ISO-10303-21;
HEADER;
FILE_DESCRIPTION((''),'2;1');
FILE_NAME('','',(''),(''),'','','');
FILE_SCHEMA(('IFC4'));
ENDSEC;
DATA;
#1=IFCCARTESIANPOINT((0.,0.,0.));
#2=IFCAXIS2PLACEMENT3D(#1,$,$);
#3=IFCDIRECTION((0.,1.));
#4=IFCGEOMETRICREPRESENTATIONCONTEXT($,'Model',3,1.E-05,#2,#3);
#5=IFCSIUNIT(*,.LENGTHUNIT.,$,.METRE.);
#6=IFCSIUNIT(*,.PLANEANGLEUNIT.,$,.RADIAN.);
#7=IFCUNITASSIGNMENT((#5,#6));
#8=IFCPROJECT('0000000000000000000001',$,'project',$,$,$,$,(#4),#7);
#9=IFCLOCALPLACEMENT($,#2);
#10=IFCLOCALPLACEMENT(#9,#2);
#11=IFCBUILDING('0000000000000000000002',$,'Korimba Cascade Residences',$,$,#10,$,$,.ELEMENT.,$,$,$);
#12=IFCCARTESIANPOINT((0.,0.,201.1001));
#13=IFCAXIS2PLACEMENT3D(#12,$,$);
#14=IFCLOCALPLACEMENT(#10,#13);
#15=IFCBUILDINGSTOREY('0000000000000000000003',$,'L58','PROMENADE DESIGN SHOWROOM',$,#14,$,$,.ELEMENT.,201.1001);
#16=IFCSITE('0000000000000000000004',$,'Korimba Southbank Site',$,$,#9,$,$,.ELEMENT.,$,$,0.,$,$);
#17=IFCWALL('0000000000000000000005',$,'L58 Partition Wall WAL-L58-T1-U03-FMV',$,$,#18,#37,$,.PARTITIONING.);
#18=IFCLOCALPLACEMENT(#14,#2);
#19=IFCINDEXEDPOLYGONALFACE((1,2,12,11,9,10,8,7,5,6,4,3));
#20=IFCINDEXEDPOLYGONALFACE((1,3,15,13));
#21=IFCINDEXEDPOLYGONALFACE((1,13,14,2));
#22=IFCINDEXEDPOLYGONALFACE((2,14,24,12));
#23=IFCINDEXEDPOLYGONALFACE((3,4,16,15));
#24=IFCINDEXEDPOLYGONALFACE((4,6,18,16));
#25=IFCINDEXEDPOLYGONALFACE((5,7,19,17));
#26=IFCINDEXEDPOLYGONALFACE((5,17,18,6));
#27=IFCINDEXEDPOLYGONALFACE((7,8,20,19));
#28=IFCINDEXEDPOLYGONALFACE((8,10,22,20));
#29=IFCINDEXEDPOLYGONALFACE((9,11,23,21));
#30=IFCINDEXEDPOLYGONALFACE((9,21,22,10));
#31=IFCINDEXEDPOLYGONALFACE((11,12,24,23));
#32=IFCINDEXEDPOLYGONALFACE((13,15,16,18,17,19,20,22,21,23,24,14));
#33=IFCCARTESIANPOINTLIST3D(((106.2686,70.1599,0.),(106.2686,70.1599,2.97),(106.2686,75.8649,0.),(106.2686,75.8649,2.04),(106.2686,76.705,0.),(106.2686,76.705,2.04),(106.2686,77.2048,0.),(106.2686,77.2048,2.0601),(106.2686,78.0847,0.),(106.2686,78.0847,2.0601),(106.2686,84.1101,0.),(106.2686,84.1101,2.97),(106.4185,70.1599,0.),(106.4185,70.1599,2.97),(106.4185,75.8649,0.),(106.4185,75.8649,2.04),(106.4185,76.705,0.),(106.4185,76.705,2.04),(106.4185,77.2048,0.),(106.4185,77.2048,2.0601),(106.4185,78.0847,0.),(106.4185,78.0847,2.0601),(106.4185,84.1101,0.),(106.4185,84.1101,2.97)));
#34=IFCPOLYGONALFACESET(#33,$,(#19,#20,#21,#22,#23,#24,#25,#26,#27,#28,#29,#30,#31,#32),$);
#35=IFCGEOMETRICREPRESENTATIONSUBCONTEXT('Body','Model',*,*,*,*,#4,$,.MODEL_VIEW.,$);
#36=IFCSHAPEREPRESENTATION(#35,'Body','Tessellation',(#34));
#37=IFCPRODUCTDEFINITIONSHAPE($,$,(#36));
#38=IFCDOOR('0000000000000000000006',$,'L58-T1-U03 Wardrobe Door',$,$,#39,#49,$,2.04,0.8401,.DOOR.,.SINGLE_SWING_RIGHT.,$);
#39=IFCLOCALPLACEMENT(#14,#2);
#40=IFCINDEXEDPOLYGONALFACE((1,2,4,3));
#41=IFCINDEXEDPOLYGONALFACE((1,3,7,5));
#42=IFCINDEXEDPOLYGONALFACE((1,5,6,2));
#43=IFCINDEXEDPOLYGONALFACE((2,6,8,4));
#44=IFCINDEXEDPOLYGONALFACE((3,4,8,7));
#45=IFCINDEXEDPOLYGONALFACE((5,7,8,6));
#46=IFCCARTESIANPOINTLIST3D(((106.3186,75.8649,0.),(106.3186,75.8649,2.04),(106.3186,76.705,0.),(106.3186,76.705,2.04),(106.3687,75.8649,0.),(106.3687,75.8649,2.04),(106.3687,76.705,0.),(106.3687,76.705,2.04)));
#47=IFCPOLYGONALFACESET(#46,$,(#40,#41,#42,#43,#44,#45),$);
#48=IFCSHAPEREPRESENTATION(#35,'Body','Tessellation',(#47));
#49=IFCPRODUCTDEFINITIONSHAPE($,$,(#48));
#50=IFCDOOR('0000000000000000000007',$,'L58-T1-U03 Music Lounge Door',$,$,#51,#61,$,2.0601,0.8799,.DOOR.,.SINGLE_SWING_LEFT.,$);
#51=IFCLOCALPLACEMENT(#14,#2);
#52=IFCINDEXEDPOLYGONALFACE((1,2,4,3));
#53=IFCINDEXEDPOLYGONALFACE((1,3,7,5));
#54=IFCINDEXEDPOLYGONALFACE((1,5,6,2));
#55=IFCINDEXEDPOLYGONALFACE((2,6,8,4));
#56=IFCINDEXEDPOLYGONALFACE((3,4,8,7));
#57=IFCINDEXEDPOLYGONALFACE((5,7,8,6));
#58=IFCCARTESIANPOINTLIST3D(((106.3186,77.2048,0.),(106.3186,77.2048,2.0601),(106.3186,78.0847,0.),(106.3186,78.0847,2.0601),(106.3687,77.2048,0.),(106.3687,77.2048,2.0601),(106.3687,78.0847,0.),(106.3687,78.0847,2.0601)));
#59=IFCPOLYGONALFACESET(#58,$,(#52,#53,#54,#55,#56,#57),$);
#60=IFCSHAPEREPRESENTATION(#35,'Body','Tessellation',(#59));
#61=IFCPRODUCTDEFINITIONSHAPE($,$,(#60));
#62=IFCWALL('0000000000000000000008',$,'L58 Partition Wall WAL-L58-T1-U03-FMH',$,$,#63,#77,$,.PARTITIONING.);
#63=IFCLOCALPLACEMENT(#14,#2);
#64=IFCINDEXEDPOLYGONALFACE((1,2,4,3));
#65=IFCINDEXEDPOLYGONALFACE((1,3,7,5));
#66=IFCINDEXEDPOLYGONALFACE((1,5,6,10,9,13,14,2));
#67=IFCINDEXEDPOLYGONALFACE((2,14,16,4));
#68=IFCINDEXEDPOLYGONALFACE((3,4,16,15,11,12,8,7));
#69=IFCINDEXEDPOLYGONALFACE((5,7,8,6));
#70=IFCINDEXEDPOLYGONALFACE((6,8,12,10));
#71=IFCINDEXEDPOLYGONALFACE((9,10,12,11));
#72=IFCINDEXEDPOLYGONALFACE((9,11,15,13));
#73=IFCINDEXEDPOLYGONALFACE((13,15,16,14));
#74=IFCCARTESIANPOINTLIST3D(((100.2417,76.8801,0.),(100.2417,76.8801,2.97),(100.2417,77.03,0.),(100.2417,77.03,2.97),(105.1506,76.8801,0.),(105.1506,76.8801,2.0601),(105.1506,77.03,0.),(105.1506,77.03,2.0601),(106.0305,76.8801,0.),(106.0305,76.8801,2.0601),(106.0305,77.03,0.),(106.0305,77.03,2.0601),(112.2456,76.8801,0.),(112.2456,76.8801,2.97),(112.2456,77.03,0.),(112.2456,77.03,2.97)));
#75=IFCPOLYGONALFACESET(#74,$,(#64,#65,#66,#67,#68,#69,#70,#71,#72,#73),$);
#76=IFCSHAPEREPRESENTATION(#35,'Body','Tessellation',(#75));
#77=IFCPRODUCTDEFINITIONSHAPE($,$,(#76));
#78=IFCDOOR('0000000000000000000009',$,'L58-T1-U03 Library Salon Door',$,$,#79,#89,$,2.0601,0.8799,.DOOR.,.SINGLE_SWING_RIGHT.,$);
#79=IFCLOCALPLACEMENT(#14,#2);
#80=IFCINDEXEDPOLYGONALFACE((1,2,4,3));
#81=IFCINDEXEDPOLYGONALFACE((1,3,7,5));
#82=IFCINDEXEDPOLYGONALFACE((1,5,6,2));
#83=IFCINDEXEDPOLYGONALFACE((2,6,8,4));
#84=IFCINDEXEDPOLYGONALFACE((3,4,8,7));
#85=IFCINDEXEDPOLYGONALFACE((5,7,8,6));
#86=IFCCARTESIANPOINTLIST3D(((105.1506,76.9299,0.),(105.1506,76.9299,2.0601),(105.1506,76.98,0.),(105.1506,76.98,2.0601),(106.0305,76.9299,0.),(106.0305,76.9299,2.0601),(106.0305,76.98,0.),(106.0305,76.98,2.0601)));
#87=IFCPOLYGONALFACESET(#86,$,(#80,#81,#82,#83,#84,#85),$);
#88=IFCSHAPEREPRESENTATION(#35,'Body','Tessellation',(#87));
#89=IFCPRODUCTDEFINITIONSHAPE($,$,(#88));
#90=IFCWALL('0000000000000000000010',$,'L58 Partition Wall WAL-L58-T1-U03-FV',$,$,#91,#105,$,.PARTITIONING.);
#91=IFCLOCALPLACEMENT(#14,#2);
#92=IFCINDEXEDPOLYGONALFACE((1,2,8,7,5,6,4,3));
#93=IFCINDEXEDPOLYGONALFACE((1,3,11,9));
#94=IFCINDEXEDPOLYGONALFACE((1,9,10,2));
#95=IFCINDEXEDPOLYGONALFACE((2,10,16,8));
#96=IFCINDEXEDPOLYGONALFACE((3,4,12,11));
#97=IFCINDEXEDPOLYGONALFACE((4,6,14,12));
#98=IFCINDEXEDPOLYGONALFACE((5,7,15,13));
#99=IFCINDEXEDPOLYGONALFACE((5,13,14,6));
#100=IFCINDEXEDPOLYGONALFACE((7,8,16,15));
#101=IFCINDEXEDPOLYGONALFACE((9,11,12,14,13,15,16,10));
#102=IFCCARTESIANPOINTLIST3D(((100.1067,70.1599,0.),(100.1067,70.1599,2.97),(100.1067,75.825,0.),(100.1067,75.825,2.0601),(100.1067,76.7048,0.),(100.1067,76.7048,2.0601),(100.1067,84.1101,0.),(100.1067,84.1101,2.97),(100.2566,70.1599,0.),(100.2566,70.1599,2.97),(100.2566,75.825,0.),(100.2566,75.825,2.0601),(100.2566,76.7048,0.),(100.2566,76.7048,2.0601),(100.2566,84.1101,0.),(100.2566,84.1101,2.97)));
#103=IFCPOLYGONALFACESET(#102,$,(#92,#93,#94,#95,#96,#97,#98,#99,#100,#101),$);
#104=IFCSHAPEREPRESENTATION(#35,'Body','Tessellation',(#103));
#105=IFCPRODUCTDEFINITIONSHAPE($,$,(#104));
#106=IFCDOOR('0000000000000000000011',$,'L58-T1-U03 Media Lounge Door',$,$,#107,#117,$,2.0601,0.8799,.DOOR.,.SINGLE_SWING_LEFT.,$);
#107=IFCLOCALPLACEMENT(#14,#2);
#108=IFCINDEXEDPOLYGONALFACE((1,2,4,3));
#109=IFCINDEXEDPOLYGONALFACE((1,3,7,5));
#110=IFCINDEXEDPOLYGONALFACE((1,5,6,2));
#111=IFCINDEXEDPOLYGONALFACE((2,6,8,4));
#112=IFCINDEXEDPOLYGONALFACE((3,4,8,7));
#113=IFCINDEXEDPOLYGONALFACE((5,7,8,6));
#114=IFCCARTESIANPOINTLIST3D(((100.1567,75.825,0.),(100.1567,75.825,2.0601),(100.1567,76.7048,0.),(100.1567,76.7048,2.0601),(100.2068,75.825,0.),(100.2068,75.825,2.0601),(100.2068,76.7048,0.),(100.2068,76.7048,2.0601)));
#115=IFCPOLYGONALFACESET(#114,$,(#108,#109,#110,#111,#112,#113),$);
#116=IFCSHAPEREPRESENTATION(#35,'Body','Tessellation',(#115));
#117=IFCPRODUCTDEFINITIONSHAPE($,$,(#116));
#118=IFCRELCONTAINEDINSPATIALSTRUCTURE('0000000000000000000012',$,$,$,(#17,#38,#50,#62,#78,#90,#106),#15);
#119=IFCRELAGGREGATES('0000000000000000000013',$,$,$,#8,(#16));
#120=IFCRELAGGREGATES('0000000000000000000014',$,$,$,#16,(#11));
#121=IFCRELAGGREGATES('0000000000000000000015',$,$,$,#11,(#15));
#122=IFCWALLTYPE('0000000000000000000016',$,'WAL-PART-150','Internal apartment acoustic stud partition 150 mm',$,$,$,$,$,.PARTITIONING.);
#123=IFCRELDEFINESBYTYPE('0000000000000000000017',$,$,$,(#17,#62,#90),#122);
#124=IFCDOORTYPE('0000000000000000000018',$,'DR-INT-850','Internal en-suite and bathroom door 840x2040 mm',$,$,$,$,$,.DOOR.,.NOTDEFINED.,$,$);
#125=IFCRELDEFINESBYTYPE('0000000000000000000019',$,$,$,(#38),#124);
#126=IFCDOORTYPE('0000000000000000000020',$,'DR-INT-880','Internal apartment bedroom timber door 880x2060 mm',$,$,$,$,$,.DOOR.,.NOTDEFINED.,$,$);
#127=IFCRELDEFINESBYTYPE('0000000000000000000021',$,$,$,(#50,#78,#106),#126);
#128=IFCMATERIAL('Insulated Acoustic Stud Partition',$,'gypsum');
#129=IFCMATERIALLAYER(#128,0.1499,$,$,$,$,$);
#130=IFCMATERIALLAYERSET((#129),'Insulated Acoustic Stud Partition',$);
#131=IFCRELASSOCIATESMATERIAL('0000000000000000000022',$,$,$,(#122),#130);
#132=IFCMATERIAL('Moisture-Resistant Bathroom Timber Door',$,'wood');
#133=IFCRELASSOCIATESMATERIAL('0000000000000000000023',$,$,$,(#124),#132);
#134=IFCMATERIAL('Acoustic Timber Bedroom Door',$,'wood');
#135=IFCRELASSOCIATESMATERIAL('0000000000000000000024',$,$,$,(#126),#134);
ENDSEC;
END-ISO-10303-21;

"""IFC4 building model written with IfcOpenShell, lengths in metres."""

from ifc_helpers import new_model, si_unit, direction, frame, frame_2d, origin, place, context, subcontext, project, spatial, rectangle, extrude, material, layer, layer_set, type_object, element, fill, save


model = new_model("IFC4")

# Units and contexts
model_context = context("Model", 3, precision=1e-05, world=origin(), true_north=direction((0.0, 1.0)))
body_context = subcontext(model_context, "Body", "Model", "MODEL_VIEW")
ifc_project = project(units=[si_unit("LENGTHUNIT", "METRE"), si_unit("PLANEANGLEUNIT", "RADIAN")], contexts=[model_context])

# Site, building, storey
site_placement = place(None, origin())
site = spatial("IfcSite", under=ifc_project, at=site_placement, Name="Korimba Southbank Site", CompositionType="ELEMENT", RefElevation=0.0)
building_placement = place(site_placement, origin())
building = spatial("IfcBuilding", under=site, at=building_placement, Name="Korimba Cascade Residences", CompositionType="ELEMENT")
storey_placement = place(building_placement, frame((0.0, 0.0, 201.1001)))
storey = spatial("IfcBuildingStorey", under=building, at=storey_placement, Name="L58", Description="PROMENADE DESIGN SHOWROOM", CompositionType="ELEMENT", Elevation=201.1001)

# Wall, openings, doors
ifc_material_1 = material(Name="Insulated Acoustic Stud Partition", Category="gypsum")
ifc_layer_1 = layer(ifc_material_1, 0.1499)
ifc_layer_set_1 = layer_set([ifc_layer_1], Name="Insulated Acoustic Stud Partition")
wall_type_1 = type_object("IfcWallType", Name="WAL-PART-150", Description="Internal apartment acoustic stud partition 150 mm", PredefinedType="PARTITIONING", material=ifc_layer_set_1)
wall_1_placement = place(storey_placement, frame((106.3435, 70.1599, 0.0), z_axis=(0.0, 0.0, 1.0), x_axis=(0.0, 1.0, 0.0)))
wall_1 = element("IfcWall", 1, at=wall_1_placement, inside=storey, type_object=wall_type_1, Name="L58 Partition Wall WAL-L58-T1-U03-FMV", PredefinedType="PARTITIONING", context=body_context, shape_type="SweptSolid", body=[
    extrude(rectangle(XDim=13.9502, YDim=0.1499, at=frame_2d((6.9751, 0.0))), origin(), (0.0, 0.0, 1.0), 2.97),
])
opening_1_placement = place(wall_1_placement, frame((5.7051, 0.0, 0.0)))
opening_1 = element("IfcOpeningElement", 2, at=opening_1_placement, cuts=wall_1, PredefinedType="OPENING", context=body_context, shape_type="SweptSolid", body=[
    extrude(rectangle(XDim=0.8401, YDim=2.04, at=frame_2d((0.4199, 1.02))), frame((0.0, 0.085, 0.0), z_axis=(0.0, -1.0, 0.0), x_axis=(1.0, 0.0, 0.0)), (0.0, 0.0, 1.0), 0.1699),
])
opening_2_placement = place(wall_1_placement, frame((7.0449, 0.0, 0.0)))
opening_2 = element("IfcOpeningElement", 3, at=opening_2_placement, cuts=wall_1, PredefinedType="OPENING", context=body_context, shape_type="SweptSolid", body=[
    extrude(rectangle(XDim=0.8799, YDim=2.0601, at=frame_2d((0.4399, 1.03))), frame((0.0, 0.085, 0.0), z_axis=(0.0, -1.0, 0.0), x_axis=(1.0, 0.0, 0.0)), (0.0, 0.0, 1.0), 0.1699),
])
ifc_material_2 = material(Name="Moisture-Resistant Bathroom Timber Door", Category="wood")
door_type_1 = type_object("IfcDoorType", Name="DR-INT-850", Description="Internal en-suite and bathroom door 840x2040 mm", OperationType="NOTDEFINED", PredefinedType="DOOR", material=ifc_material_2)
door_1_placement = place(opening_1_placement, origin())
door_1 = element("IfcDoor", 4, at=door_1_placement, inside=storey, type_object=door_type_1, Name="L58-T1-U03 Wardrobe Door", OperationType="SINGLE_SWING_RIGHT", OverallHeight=2.04, OverallWidth=0.8401, PredefinedType="DOOR", context=body_context, shape_type="SweptSolid", body=[
    extrude(rectangle(XDim=0.8401, YDim=2.04, at=frame_2d((0.4199, 1.02))), frame((0.0, 0.0249, 0.0), z_axis=(0.0, -1.0, 0.0), x_axis=(1.0, 0.0, 0.0)), (0.0, 0.0, 1.0), 0.05),
])
fill(opening_1, door_1)
ifc_material_3 = material(Name="Acoustic Timber Bedroom Door", Category="wood")
door_type_2 = type_object("IfcDoorType", Name="DR-INT-880", Description="Internal apartment bedroom timber door 880x2060 mm", OperationType="NOTDEFINED", PredefinedType="DOOR", material=ifc_material_3)
door_2_placement = place(opening_2_placement, origin())
door_2 = element("IfcDoor", 5, at=door_2_placement, inside=storey, type_object=door_type_2, Name="L58-T1-U03 Music Lounge Door", OperationType="SINGLE_SWING_LEFT", OverallHeight=2.0601, OverallWidth=0.8799, PredefinedType="DOOR", context=body_context, shape_type="SweptSolid", body=[
    extrude(rectangle(XDim=0.8799, YDim=2.0601, at=frame_2d((0.4399, 1.03))), frame((0.0, 0.0249, 0.0), z_axis=(0.0, -1.0, 0.0), x_axis=(1.0, 0.0, 0.0)), (0.0, 0.0, 1.0), 0.05),
])
fill(opening_2, door_2)

# Walls, openings, doors
wall_2_placement = place(storey_placement, frame((100.2417, 76.9551, 0.0), z_axis=(0.0, 0.0, 1.0), x_axis=(1.0, 0.0, 0.0)))
wall_2 = element("IfcWall", 6, at=wall_2_placement, inside=storey, type_object=wall_type_1, Name="L58 Partition Wall WAL-L58-T1-U03-FMH", PredefinedType="PARTITIONING", context=body_context, shape_type="SweptSolid", body=[
    extrude(rectangle(XDim=12.0039, YDim=0.1499, at=frame_2d((6.002, 0.0))), origin(), (0.0, 0.0, 1.0), 2.97),
])
opening_3_placement = place(wall_2_placement, frame((4.9089, 0.0, 0.0)))
opening_3 = element("IfcOpeningElement", 7, at=opening_3_placement, cuts=wall_2, PredefinedType="OPENING", context=body_context, shape_type="SweptSolid", body=[
    extrude(rectangle(XDim=0.8799, YDim=2.0601, at=frame_2d((0.4399, 1.03))), frame((0.0, 0.085, 0.0), z_axis=(0.0, -1.0, 0.0), x_axis=(1.0, 0.0, 0.0)), (0.0, 0.0, 1.0), 0.1699),
])
door_3_placement = place(opening_3_placement, origin())
door_3 = element("IfcDoor", 8, at=door_3_placement, inside=storey, type_object=door_type_2, Name="L58-T1-U03 Library Salon Door", OperationType="SINGLE_SWING_RIGHT", OverallHeight=2.0601, OverallWidth=0.8799, PredefinedType="DOOR", context=body_context, shape_type="SweptSolid", body=[
    extrude(rectangle(XDim=0.8799, YDim=2.0601, at=frame_2d((0.4399, 1.03))), frame((0.0, 0.0249, 0.0), z_axis=(0.0, -1.0, 0.0), x_axis=(1.0, 0.0, 0.0)), (0.0, 0.0, 1.0), 0.05),
])
fill(opening_3, door_3)
wall_3_placement = place(storey_placement, frame((100.1816, 70.1599, 0.0), z_axis=(0.0, 0.0, 1.0), x_axis=(0.0, 1.0, 0.0)))
wall_3 = element("IfcWall", 9, at=wall_3_placement, inside=storey, type_object=wall_type_1, Name="L58 Partition Wall WAL-L58-T1-U03-FV", PredefinedType="PARTITIONING", context=body_context, shape_type="SweptSolid", body=[
    extrude(rectangle(XDim=13.9502, YDim=0.1499, at=frame_2d((6.9751, 0.0))), origin(), (0.0, 0.0, 1.0), 2.97),
])
opening_4_placement = place(wall_3_placement, frame((5.665, 0.0, 0.0)))
opening_4 = element("IfcOpeningElement", 10, at=opening_4_placement, cuts=wall_3, PredefinedType="OPENING", context=body_context, shape_type="SweptSolid", body=[
    extrude(rectangle(XDim=0.8799, YDim=2.0601, at=frame_2d((0.4399, 1.03))), frame((0.0, 0.085, 0.0), z_axis=(0.0, -1.0, 0.0), x_axis=(1.0, 0.0, 0.0)), (0.0, 0.0, 1.0), 0.1699),
])
door_4_placement = place(opening_4_placement, origin())
door_4 = element("IfcDoor", 11, at=door_4_placement, inside=storey, type_object=door_type_2, Name="L58-T1-U03 Media Lounge Door", OperationType="SINGLE_SWING_LEFT", OverallHeight=2.0601, OverallWidth=0.8799, PredefinedType="DOOR", context=body_context, shape_type="SweptSolid", body=[
    extrude(rectangle(XDim=0.8799, YDim=2.0601, at=frame_2d((0.4399, 1.03))), frame((0.0, 0.0249, 0.0), z_axis=(0.0, -1.0, 0.0), x_axis=(1.0, 0.0, 0.0)), (0.0, 0.0, 1.0), 0.05),
])
fill(opening_4, door_4)

save(model, "model.ifc")
